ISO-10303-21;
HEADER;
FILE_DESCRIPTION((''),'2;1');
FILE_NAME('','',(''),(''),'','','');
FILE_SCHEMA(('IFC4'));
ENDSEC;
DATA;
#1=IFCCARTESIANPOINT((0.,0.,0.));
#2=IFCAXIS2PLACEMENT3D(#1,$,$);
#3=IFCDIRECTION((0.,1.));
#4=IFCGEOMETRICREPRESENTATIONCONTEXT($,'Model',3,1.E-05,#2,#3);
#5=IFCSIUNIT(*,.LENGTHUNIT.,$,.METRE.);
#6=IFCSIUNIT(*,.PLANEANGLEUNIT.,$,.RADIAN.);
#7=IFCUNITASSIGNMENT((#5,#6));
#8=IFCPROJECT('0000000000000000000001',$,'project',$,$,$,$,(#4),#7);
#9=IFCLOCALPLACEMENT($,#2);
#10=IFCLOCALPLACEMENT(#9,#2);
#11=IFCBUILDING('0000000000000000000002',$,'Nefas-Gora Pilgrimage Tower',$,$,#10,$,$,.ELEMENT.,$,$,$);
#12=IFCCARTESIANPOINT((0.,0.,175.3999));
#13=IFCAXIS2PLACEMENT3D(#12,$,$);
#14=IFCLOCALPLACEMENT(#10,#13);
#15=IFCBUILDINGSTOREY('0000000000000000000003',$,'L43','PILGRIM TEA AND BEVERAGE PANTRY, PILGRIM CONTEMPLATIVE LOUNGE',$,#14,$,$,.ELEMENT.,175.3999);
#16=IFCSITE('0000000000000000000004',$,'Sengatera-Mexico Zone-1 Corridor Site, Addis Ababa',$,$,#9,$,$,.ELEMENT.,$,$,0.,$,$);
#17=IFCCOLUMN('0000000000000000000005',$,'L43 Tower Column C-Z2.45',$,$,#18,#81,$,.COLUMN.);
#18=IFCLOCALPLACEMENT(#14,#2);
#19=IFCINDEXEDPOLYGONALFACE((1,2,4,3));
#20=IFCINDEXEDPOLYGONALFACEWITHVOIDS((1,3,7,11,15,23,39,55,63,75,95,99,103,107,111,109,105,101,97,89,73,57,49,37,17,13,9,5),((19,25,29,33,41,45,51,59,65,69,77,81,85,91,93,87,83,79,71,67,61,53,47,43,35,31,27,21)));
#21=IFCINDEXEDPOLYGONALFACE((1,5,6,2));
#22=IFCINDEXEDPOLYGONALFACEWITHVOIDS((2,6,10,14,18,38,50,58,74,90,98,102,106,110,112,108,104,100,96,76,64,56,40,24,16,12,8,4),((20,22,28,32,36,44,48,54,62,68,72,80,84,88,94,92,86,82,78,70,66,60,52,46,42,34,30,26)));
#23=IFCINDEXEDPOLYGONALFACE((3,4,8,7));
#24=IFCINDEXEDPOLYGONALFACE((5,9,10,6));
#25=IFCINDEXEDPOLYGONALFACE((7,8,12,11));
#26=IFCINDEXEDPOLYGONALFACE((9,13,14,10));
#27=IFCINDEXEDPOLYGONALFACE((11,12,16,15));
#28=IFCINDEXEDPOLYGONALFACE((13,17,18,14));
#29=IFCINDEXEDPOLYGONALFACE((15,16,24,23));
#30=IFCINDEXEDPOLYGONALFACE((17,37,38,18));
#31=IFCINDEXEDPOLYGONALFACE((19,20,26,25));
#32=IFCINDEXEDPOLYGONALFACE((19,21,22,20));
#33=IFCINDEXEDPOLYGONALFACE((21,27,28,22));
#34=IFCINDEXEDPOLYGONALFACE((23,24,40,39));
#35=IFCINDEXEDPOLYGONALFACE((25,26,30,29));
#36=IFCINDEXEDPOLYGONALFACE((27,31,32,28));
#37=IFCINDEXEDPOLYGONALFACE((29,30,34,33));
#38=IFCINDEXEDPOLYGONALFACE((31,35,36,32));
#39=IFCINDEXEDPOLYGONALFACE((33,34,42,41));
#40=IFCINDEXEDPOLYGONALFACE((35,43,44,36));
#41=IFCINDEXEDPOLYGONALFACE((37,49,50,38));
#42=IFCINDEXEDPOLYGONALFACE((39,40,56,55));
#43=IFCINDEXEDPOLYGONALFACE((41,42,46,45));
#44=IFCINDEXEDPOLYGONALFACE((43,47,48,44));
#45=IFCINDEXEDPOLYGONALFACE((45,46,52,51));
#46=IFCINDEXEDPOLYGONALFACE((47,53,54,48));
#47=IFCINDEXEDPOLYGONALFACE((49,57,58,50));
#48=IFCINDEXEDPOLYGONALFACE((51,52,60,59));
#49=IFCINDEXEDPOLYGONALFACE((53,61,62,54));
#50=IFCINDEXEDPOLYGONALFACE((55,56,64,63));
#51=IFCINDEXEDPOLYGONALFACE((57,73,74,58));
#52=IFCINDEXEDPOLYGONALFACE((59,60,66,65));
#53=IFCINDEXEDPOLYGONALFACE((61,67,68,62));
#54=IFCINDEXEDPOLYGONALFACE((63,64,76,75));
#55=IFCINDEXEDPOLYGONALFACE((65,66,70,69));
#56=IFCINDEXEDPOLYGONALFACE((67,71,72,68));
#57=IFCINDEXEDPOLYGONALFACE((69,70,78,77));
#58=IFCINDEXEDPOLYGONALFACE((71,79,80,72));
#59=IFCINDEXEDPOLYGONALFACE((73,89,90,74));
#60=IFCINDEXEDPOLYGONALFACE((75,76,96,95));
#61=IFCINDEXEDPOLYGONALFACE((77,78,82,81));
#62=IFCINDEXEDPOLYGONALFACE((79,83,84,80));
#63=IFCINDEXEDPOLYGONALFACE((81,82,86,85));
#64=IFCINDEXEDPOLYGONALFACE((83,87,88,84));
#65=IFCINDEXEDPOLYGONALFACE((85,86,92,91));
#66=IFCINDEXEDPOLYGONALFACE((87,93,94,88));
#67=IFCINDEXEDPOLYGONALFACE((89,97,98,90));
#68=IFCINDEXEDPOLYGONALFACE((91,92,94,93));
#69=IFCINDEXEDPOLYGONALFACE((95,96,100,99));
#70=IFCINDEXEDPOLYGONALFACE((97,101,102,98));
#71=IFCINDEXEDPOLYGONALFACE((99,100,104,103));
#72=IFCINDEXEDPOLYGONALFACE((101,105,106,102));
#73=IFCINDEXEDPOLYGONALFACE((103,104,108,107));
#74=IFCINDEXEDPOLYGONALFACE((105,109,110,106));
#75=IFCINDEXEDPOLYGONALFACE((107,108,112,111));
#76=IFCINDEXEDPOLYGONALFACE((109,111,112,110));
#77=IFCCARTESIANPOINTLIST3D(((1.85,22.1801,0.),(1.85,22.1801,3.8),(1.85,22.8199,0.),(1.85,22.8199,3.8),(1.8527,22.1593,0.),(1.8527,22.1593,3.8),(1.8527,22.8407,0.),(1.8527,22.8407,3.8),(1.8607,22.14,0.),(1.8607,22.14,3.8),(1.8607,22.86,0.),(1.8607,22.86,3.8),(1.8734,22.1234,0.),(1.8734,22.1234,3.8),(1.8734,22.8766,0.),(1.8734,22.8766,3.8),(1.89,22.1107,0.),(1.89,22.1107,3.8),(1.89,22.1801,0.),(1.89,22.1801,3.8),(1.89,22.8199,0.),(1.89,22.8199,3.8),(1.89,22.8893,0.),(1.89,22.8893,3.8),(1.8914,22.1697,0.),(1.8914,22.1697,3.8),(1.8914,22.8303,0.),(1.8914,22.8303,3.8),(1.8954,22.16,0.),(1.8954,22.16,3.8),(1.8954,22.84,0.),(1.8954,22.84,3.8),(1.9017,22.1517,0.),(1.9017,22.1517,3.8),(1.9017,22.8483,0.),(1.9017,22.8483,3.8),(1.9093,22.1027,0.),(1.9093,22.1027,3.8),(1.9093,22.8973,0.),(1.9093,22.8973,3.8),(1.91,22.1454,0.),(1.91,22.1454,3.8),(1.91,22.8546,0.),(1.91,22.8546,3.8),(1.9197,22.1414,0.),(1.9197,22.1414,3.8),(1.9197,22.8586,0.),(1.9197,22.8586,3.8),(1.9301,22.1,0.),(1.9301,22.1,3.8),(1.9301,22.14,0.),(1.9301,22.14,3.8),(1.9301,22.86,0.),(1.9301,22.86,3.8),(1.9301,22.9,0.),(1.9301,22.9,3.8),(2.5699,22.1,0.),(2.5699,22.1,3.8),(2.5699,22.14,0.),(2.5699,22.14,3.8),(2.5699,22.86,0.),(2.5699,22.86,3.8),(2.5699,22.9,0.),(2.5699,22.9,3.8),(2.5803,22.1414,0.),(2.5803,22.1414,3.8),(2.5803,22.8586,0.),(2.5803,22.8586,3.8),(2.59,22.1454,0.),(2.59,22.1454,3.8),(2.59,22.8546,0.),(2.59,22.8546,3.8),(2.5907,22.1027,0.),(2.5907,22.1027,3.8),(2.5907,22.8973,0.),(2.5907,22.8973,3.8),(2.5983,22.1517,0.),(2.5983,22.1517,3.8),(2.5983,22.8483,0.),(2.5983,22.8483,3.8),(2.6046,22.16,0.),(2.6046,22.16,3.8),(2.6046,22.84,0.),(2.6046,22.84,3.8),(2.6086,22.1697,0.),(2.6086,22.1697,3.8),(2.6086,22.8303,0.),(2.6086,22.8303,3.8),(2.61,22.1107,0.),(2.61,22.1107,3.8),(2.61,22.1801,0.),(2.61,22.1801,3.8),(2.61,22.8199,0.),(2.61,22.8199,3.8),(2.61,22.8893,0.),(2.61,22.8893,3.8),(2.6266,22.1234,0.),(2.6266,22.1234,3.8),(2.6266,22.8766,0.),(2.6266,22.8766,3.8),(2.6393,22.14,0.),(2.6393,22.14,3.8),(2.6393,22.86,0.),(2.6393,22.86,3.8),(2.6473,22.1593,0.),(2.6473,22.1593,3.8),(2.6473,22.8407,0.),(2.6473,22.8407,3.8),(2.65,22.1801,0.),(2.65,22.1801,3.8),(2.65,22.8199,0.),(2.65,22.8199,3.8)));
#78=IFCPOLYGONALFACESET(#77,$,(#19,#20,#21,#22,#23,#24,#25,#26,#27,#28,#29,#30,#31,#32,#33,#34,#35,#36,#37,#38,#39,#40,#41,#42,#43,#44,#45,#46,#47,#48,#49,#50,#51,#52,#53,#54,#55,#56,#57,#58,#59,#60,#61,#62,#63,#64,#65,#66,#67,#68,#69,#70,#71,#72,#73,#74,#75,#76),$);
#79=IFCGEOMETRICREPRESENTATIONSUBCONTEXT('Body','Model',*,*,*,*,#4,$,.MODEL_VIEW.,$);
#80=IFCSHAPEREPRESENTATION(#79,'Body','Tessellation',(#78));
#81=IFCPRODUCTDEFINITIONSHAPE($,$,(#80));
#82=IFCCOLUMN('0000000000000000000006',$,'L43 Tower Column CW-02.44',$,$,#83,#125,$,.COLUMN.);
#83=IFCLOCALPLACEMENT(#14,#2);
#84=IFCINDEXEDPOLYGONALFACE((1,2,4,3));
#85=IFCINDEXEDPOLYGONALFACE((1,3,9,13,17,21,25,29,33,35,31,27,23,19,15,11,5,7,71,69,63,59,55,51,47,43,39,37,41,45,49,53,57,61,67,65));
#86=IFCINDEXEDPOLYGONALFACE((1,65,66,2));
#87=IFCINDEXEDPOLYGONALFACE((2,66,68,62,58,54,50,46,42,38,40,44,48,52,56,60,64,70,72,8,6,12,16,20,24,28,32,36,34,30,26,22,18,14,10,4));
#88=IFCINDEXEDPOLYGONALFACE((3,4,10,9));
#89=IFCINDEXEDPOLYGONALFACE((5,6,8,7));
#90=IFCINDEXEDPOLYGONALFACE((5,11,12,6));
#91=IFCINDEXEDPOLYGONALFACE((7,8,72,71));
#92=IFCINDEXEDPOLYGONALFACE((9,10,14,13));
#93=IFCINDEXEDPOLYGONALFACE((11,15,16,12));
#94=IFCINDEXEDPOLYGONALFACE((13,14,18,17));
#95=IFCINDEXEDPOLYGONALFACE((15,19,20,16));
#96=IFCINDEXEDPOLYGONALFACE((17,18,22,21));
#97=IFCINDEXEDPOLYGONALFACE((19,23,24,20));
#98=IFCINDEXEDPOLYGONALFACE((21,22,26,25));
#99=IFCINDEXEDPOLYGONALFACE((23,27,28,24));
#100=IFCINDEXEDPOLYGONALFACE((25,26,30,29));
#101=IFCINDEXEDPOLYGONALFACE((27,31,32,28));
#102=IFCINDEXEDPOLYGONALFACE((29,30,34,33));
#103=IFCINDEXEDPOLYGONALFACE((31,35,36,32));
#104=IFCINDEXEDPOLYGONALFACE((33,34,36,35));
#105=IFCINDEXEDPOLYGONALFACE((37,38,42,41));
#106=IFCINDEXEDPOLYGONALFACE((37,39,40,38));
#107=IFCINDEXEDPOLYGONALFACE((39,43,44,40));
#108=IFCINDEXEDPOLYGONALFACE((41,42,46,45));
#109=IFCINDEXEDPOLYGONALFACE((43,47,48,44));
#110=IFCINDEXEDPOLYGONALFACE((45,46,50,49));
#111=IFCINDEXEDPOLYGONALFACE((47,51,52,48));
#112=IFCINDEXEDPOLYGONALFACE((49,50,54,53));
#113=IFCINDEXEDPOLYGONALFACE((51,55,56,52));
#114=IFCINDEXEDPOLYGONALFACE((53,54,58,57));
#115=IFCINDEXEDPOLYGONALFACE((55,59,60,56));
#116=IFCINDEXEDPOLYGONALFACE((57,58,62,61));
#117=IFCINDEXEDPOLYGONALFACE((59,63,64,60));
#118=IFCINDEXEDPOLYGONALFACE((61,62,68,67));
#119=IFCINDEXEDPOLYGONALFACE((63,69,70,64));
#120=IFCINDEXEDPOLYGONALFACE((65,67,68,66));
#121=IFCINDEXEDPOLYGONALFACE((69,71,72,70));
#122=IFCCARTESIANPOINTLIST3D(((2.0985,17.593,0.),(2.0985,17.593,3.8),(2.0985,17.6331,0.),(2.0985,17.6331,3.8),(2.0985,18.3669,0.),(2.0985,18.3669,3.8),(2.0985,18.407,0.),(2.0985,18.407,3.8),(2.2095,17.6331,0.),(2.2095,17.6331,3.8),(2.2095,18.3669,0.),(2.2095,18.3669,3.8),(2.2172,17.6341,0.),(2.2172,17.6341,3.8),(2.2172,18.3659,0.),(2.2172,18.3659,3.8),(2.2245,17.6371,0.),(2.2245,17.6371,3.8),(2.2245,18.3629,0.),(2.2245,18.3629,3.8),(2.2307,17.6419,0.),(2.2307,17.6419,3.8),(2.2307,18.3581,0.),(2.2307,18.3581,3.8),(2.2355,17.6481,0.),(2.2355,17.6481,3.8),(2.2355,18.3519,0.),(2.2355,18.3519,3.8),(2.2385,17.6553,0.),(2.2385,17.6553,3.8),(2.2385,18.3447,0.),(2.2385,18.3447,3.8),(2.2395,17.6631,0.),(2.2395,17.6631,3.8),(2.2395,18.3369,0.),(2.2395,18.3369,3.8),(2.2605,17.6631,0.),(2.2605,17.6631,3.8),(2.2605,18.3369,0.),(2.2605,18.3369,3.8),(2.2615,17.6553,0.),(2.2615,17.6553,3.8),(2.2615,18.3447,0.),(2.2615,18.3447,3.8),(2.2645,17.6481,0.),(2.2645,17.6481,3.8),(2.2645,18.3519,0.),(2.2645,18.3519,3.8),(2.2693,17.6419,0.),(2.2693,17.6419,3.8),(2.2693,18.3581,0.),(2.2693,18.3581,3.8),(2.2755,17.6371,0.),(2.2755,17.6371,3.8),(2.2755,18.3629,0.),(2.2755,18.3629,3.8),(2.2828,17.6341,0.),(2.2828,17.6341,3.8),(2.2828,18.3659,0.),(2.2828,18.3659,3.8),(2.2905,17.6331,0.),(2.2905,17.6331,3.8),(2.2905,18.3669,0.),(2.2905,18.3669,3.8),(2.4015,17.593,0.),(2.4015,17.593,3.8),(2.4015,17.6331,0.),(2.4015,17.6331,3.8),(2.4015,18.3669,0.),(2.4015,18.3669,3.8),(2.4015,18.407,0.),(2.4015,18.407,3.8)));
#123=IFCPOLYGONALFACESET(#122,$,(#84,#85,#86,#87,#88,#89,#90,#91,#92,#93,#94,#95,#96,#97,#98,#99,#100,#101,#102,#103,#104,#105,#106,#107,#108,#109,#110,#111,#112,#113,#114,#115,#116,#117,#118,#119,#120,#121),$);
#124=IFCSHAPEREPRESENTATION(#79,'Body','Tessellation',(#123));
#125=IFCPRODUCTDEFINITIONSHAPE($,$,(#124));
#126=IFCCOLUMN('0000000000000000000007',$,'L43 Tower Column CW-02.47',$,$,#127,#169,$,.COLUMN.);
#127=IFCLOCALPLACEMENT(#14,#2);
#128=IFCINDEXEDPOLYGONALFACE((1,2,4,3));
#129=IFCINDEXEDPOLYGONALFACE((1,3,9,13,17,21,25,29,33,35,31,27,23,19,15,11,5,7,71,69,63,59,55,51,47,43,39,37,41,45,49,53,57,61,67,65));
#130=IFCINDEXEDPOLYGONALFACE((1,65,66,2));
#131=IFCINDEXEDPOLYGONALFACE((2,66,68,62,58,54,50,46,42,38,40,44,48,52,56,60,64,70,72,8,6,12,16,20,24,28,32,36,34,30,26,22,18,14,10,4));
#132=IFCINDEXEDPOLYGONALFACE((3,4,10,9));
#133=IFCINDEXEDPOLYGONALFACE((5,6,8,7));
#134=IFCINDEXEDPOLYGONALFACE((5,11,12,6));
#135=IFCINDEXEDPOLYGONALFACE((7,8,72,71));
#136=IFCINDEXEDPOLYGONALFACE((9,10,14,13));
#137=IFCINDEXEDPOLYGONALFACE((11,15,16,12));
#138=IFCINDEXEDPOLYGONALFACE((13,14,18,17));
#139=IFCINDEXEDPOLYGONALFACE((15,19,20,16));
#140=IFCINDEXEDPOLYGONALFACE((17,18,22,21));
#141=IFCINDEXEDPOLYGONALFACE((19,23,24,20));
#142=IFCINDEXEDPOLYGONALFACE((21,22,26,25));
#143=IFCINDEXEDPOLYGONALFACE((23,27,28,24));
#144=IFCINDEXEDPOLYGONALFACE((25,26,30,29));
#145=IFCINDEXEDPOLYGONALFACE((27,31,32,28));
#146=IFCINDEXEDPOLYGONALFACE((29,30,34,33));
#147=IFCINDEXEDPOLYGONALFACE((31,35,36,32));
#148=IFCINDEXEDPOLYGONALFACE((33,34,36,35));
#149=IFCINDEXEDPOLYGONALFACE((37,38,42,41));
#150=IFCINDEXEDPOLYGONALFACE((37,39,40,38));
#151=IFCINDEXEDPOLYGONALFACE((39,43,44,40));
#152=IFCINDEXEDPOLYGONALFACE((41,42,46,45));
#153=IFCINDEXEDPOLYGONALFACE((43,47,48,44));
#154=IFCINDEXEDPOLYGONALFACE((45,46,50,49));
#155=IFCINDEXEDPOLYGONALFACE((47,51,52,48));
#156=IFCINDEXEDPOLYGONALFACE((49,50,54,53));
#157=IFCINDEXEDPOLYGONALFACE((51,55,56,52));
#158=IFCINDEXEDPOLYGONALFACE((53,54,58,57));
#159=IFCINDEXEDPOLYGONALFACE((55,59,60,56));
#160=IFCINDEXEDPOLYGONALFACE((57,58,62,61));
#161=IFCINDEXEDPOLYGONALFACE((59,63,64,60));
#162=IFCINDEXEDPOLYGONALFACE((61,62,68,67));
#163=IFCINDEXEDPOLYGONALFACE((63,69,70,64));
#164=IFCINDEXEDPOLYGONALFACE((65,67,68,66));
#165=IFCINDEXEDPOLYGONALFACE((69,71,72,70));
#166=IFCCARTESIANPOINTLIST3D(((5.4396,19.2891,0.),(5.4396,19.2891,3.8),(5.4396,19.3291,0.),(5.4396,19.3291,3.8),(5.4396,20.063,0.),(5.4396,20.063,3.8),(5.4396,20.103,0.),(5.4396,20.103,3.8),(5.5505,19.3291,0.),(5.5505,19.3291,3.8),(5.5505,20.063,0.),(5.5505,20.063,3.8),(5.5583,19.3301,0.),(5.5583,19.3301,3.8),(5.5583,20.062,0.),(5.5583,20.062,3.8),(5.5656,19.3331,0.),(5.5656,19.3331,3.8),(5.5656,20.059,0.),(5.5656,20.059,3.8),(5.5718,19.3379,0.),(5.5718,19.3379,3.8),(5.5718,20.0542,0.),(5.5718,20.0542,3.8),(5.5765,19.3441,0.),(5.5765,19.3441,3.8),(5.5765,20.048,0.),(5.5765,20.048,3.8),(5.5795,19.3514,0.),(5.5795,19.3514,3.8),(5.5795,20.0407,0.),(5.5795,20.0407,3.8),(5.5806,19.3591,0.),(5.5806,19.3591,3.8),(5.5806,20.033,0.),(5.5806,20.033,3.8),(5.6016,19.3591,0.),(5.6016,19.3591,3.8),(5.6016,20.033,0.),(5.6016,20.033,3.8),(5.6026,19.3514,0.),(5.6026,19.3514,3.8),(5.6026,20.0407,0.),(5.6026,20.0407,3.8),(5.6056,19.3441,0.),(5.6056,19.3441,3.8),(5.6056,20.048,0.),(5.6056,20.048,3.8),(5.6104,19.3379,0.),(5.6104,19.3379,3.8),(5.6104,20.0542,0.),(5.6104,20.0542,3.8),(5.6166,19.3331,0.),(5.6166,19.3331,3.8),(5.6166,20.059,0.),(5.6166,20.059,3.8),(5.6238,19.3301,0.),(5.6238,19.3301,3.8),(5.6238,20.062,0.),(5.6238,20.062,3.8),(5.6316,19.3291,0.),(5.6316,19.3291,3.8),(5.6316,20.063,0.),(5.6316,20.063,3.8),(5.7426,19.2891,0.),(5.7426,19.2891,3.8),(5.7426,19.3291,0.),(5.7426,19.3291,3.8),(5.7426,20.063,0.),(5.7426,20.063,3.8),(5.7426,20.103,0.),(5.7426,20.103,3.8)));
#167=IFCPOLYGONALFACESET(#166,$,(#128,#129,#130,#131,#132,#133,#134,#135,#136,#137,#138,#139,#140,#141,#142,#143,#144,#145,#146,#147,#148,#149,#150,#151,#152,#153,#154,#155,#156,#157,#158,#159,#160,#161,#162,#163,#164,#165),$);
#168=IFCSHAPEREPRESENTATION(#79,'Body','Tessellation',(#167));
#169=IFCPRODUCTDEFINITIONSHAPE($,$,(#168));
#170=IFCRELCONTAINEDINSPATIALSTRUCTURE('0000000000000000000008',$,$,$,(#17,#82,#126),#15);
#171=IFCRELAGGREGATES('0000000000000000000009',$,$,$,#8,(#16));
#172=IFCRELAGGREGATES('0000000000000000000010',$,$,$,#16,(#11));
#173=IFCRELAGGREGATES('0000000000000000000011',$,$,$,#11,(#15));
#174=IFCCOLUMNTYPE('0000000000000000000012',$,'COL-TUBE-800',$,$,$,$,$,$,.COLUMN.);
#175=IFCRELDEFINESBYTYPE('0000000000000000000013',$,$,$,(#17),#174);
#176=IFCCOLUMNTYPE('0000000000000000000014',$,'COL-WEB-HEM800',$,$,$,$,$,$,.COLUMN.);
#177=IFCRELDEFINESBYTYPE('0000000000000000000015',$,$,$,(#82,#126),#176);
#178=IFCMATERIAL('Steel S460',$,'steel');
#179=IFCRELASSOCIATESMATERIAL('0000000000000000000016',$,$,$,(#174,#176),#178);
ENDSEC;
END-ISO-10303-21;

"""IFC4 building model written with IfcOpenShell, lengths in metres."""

from ifc_helpers import new_model, si_unit, direction, frame, origin, origin_2d, place, context, subcontext, project, spatial, hollow_rectangle, i_section, extrude, source, transform, mapped, material, material_profile, profile_set, type_object, element, save


model = new_model("IFC4")

# Units and contexts
model_context = context("Model", 3, precision=1e-05, world=origin(), true_north=direction((0.0, 1.0)))
body_context = subcontext(model_context, "Body", "Model", "MODEL_VIEW")
ifc_project = project(units=[si_unit("LENGTHUNIT", "METRE"), si_unit("PLANEANGLEUNIT", "RADIAN")], contexts=[model_context])

# Site, building, storey
site_placement = place(None, origin())
site = spatial("IfcSite", under=ifc_project, at=site_placement, Name="Sengatera-Mexico Zone-1 Corridor Site, Addis Ababa", CompositionType="ELEMENT", RefElevation=0.0)
building_placement = place(site_placement, origin())
building = spatial("IfcBuilding", under=site, at=building_placement, Name="Nefas-Gora Pilgrimage Tower", CompositionType="ELEMENT")
storey_placement = place(building_placement, frame((0.0, 0.0, 175.3999)))
storey = spatial("IfcBuildingStorey", under=building, at=storey_placement, Name="L43", Description="PILGRIM TEA AND BEVERAGE PANTRY, PILGRIM CONTEMPLATIVE LOUNGE", CompositionType="ELEMENT", Elevation=175.3999)

# Columns
ifc_material_1 = material(Name="Steel S460", Category="steel")
ifc_material_profile_1 = material_profile(ifc_material_1, hollow_rectangle(XDim=0.8, YDim=0.8, WallThickness=0.04, InnerFilletRadius=0.04, OuterFilletRadius=0.0801, at=origin_2d()), Name="BOX 800x800x40")
ifc_profile_set_1 = profile_set([ifc_material_profile_1], Name="Steel S460")
column_type_1 = type_object("IfcColumnType", Name="COL-TUBE-800", PredefinedType="COLUMN", material=ifc_profile_set_1)
shared_shape_1 = source(origin(), body_context, "Body", "SweptSolid", [
    extrude(hollow_rectangle(XDim=0.8, YDim=0.8, WallThickness=0.04, InnerFilletRadius=0.04, OuterFilletRadius=0.0801, at=origin_2d()), origin(), (0.0, 0.0, 1.0), 3.8),
])
column_placement = place(storey_placement, frame((2.25, 22.5, 0.0), z_axis=(0.0, 0.0, 1.0), x_axis=(1.0, 0.0, 0.0)))
element("IfcColumn", 1, at=column_placement, inside=storey, type_object=column_type_1, Name="L43 Tower Column C-Z2.45", PredefinedType="COLUMN", context=body_context, shape_type="MappedRepresentation", body=[
    mapped(shared_shape_1, transform((0.0, 0.0, 0.0), x_axis=(1.0, 0.0, 0.0), y_axis=(0.0, 1.0, 0.0), z_axis=(0.0, 0.0, 1.0), scale=1.0)),
])
ifc_material_profile_2 = material_profile(ifc_material_1, i_section(OverallWidth=0.303, OverallDepth=0.814, WebThickness=0.021, FlangeThickness=0.04, FilletRadius=0.03, at=origin_2d()), Name="HEM 800")
ifc_profile_set_2 = profile_set([ifc_material_profile_2], Name="Steel S460")
column_type_2 = type_object("IfcColumnType", Name="COL-WEB-HEM800", PredefinedType="COLUMN", material=ifc_profile_set_2)
shared_shape_2 = source(origin(), body_context, "Body", "SweptSolid", [
    extrude(i_section(OverallWidth=0.303, OverallDepth=0.814, WebThickness=0.021, FlangeThickness=0.04, FilletRadius=0.03, at=origin_2d()), origin(), (0.0, 0.0, 1.0), 3.8),
])
for number, where, z_axis, x_axis, name in (
    (2, (2.25, 18.0, 0.0), (0.0, 0.0, 1.0), (1.0, 0.0, 0.0), "L43 Tower Column CW-02.44"),
    (3, (5.5911, 19.696, 0.0), (0.0, 0.0, 1.0), (1.0, 0.0, 0.0), "L43 Tower Column CW-02.47"),
):
    element("IfcColumn", number, at=place(storey_placement, frame(where, z_axis=z_axis, x_axis=x_axis)), inside=storey, type_object=column_type_2, Name=name, PredefinedType="COLUMN", context=body_context, shape_type="MappedRepresentation", body=[
        mapped(shared_shape_2, transform((0.0, 0.0, 0.0), x_axis=(1.0, 0.0, 0.0), y_axis=(0.0, 1.0, 0.0), z_axis=(0.0, 0.0, 1.0), scale=1.0)),
    ])

save(model, "model.ifc")
